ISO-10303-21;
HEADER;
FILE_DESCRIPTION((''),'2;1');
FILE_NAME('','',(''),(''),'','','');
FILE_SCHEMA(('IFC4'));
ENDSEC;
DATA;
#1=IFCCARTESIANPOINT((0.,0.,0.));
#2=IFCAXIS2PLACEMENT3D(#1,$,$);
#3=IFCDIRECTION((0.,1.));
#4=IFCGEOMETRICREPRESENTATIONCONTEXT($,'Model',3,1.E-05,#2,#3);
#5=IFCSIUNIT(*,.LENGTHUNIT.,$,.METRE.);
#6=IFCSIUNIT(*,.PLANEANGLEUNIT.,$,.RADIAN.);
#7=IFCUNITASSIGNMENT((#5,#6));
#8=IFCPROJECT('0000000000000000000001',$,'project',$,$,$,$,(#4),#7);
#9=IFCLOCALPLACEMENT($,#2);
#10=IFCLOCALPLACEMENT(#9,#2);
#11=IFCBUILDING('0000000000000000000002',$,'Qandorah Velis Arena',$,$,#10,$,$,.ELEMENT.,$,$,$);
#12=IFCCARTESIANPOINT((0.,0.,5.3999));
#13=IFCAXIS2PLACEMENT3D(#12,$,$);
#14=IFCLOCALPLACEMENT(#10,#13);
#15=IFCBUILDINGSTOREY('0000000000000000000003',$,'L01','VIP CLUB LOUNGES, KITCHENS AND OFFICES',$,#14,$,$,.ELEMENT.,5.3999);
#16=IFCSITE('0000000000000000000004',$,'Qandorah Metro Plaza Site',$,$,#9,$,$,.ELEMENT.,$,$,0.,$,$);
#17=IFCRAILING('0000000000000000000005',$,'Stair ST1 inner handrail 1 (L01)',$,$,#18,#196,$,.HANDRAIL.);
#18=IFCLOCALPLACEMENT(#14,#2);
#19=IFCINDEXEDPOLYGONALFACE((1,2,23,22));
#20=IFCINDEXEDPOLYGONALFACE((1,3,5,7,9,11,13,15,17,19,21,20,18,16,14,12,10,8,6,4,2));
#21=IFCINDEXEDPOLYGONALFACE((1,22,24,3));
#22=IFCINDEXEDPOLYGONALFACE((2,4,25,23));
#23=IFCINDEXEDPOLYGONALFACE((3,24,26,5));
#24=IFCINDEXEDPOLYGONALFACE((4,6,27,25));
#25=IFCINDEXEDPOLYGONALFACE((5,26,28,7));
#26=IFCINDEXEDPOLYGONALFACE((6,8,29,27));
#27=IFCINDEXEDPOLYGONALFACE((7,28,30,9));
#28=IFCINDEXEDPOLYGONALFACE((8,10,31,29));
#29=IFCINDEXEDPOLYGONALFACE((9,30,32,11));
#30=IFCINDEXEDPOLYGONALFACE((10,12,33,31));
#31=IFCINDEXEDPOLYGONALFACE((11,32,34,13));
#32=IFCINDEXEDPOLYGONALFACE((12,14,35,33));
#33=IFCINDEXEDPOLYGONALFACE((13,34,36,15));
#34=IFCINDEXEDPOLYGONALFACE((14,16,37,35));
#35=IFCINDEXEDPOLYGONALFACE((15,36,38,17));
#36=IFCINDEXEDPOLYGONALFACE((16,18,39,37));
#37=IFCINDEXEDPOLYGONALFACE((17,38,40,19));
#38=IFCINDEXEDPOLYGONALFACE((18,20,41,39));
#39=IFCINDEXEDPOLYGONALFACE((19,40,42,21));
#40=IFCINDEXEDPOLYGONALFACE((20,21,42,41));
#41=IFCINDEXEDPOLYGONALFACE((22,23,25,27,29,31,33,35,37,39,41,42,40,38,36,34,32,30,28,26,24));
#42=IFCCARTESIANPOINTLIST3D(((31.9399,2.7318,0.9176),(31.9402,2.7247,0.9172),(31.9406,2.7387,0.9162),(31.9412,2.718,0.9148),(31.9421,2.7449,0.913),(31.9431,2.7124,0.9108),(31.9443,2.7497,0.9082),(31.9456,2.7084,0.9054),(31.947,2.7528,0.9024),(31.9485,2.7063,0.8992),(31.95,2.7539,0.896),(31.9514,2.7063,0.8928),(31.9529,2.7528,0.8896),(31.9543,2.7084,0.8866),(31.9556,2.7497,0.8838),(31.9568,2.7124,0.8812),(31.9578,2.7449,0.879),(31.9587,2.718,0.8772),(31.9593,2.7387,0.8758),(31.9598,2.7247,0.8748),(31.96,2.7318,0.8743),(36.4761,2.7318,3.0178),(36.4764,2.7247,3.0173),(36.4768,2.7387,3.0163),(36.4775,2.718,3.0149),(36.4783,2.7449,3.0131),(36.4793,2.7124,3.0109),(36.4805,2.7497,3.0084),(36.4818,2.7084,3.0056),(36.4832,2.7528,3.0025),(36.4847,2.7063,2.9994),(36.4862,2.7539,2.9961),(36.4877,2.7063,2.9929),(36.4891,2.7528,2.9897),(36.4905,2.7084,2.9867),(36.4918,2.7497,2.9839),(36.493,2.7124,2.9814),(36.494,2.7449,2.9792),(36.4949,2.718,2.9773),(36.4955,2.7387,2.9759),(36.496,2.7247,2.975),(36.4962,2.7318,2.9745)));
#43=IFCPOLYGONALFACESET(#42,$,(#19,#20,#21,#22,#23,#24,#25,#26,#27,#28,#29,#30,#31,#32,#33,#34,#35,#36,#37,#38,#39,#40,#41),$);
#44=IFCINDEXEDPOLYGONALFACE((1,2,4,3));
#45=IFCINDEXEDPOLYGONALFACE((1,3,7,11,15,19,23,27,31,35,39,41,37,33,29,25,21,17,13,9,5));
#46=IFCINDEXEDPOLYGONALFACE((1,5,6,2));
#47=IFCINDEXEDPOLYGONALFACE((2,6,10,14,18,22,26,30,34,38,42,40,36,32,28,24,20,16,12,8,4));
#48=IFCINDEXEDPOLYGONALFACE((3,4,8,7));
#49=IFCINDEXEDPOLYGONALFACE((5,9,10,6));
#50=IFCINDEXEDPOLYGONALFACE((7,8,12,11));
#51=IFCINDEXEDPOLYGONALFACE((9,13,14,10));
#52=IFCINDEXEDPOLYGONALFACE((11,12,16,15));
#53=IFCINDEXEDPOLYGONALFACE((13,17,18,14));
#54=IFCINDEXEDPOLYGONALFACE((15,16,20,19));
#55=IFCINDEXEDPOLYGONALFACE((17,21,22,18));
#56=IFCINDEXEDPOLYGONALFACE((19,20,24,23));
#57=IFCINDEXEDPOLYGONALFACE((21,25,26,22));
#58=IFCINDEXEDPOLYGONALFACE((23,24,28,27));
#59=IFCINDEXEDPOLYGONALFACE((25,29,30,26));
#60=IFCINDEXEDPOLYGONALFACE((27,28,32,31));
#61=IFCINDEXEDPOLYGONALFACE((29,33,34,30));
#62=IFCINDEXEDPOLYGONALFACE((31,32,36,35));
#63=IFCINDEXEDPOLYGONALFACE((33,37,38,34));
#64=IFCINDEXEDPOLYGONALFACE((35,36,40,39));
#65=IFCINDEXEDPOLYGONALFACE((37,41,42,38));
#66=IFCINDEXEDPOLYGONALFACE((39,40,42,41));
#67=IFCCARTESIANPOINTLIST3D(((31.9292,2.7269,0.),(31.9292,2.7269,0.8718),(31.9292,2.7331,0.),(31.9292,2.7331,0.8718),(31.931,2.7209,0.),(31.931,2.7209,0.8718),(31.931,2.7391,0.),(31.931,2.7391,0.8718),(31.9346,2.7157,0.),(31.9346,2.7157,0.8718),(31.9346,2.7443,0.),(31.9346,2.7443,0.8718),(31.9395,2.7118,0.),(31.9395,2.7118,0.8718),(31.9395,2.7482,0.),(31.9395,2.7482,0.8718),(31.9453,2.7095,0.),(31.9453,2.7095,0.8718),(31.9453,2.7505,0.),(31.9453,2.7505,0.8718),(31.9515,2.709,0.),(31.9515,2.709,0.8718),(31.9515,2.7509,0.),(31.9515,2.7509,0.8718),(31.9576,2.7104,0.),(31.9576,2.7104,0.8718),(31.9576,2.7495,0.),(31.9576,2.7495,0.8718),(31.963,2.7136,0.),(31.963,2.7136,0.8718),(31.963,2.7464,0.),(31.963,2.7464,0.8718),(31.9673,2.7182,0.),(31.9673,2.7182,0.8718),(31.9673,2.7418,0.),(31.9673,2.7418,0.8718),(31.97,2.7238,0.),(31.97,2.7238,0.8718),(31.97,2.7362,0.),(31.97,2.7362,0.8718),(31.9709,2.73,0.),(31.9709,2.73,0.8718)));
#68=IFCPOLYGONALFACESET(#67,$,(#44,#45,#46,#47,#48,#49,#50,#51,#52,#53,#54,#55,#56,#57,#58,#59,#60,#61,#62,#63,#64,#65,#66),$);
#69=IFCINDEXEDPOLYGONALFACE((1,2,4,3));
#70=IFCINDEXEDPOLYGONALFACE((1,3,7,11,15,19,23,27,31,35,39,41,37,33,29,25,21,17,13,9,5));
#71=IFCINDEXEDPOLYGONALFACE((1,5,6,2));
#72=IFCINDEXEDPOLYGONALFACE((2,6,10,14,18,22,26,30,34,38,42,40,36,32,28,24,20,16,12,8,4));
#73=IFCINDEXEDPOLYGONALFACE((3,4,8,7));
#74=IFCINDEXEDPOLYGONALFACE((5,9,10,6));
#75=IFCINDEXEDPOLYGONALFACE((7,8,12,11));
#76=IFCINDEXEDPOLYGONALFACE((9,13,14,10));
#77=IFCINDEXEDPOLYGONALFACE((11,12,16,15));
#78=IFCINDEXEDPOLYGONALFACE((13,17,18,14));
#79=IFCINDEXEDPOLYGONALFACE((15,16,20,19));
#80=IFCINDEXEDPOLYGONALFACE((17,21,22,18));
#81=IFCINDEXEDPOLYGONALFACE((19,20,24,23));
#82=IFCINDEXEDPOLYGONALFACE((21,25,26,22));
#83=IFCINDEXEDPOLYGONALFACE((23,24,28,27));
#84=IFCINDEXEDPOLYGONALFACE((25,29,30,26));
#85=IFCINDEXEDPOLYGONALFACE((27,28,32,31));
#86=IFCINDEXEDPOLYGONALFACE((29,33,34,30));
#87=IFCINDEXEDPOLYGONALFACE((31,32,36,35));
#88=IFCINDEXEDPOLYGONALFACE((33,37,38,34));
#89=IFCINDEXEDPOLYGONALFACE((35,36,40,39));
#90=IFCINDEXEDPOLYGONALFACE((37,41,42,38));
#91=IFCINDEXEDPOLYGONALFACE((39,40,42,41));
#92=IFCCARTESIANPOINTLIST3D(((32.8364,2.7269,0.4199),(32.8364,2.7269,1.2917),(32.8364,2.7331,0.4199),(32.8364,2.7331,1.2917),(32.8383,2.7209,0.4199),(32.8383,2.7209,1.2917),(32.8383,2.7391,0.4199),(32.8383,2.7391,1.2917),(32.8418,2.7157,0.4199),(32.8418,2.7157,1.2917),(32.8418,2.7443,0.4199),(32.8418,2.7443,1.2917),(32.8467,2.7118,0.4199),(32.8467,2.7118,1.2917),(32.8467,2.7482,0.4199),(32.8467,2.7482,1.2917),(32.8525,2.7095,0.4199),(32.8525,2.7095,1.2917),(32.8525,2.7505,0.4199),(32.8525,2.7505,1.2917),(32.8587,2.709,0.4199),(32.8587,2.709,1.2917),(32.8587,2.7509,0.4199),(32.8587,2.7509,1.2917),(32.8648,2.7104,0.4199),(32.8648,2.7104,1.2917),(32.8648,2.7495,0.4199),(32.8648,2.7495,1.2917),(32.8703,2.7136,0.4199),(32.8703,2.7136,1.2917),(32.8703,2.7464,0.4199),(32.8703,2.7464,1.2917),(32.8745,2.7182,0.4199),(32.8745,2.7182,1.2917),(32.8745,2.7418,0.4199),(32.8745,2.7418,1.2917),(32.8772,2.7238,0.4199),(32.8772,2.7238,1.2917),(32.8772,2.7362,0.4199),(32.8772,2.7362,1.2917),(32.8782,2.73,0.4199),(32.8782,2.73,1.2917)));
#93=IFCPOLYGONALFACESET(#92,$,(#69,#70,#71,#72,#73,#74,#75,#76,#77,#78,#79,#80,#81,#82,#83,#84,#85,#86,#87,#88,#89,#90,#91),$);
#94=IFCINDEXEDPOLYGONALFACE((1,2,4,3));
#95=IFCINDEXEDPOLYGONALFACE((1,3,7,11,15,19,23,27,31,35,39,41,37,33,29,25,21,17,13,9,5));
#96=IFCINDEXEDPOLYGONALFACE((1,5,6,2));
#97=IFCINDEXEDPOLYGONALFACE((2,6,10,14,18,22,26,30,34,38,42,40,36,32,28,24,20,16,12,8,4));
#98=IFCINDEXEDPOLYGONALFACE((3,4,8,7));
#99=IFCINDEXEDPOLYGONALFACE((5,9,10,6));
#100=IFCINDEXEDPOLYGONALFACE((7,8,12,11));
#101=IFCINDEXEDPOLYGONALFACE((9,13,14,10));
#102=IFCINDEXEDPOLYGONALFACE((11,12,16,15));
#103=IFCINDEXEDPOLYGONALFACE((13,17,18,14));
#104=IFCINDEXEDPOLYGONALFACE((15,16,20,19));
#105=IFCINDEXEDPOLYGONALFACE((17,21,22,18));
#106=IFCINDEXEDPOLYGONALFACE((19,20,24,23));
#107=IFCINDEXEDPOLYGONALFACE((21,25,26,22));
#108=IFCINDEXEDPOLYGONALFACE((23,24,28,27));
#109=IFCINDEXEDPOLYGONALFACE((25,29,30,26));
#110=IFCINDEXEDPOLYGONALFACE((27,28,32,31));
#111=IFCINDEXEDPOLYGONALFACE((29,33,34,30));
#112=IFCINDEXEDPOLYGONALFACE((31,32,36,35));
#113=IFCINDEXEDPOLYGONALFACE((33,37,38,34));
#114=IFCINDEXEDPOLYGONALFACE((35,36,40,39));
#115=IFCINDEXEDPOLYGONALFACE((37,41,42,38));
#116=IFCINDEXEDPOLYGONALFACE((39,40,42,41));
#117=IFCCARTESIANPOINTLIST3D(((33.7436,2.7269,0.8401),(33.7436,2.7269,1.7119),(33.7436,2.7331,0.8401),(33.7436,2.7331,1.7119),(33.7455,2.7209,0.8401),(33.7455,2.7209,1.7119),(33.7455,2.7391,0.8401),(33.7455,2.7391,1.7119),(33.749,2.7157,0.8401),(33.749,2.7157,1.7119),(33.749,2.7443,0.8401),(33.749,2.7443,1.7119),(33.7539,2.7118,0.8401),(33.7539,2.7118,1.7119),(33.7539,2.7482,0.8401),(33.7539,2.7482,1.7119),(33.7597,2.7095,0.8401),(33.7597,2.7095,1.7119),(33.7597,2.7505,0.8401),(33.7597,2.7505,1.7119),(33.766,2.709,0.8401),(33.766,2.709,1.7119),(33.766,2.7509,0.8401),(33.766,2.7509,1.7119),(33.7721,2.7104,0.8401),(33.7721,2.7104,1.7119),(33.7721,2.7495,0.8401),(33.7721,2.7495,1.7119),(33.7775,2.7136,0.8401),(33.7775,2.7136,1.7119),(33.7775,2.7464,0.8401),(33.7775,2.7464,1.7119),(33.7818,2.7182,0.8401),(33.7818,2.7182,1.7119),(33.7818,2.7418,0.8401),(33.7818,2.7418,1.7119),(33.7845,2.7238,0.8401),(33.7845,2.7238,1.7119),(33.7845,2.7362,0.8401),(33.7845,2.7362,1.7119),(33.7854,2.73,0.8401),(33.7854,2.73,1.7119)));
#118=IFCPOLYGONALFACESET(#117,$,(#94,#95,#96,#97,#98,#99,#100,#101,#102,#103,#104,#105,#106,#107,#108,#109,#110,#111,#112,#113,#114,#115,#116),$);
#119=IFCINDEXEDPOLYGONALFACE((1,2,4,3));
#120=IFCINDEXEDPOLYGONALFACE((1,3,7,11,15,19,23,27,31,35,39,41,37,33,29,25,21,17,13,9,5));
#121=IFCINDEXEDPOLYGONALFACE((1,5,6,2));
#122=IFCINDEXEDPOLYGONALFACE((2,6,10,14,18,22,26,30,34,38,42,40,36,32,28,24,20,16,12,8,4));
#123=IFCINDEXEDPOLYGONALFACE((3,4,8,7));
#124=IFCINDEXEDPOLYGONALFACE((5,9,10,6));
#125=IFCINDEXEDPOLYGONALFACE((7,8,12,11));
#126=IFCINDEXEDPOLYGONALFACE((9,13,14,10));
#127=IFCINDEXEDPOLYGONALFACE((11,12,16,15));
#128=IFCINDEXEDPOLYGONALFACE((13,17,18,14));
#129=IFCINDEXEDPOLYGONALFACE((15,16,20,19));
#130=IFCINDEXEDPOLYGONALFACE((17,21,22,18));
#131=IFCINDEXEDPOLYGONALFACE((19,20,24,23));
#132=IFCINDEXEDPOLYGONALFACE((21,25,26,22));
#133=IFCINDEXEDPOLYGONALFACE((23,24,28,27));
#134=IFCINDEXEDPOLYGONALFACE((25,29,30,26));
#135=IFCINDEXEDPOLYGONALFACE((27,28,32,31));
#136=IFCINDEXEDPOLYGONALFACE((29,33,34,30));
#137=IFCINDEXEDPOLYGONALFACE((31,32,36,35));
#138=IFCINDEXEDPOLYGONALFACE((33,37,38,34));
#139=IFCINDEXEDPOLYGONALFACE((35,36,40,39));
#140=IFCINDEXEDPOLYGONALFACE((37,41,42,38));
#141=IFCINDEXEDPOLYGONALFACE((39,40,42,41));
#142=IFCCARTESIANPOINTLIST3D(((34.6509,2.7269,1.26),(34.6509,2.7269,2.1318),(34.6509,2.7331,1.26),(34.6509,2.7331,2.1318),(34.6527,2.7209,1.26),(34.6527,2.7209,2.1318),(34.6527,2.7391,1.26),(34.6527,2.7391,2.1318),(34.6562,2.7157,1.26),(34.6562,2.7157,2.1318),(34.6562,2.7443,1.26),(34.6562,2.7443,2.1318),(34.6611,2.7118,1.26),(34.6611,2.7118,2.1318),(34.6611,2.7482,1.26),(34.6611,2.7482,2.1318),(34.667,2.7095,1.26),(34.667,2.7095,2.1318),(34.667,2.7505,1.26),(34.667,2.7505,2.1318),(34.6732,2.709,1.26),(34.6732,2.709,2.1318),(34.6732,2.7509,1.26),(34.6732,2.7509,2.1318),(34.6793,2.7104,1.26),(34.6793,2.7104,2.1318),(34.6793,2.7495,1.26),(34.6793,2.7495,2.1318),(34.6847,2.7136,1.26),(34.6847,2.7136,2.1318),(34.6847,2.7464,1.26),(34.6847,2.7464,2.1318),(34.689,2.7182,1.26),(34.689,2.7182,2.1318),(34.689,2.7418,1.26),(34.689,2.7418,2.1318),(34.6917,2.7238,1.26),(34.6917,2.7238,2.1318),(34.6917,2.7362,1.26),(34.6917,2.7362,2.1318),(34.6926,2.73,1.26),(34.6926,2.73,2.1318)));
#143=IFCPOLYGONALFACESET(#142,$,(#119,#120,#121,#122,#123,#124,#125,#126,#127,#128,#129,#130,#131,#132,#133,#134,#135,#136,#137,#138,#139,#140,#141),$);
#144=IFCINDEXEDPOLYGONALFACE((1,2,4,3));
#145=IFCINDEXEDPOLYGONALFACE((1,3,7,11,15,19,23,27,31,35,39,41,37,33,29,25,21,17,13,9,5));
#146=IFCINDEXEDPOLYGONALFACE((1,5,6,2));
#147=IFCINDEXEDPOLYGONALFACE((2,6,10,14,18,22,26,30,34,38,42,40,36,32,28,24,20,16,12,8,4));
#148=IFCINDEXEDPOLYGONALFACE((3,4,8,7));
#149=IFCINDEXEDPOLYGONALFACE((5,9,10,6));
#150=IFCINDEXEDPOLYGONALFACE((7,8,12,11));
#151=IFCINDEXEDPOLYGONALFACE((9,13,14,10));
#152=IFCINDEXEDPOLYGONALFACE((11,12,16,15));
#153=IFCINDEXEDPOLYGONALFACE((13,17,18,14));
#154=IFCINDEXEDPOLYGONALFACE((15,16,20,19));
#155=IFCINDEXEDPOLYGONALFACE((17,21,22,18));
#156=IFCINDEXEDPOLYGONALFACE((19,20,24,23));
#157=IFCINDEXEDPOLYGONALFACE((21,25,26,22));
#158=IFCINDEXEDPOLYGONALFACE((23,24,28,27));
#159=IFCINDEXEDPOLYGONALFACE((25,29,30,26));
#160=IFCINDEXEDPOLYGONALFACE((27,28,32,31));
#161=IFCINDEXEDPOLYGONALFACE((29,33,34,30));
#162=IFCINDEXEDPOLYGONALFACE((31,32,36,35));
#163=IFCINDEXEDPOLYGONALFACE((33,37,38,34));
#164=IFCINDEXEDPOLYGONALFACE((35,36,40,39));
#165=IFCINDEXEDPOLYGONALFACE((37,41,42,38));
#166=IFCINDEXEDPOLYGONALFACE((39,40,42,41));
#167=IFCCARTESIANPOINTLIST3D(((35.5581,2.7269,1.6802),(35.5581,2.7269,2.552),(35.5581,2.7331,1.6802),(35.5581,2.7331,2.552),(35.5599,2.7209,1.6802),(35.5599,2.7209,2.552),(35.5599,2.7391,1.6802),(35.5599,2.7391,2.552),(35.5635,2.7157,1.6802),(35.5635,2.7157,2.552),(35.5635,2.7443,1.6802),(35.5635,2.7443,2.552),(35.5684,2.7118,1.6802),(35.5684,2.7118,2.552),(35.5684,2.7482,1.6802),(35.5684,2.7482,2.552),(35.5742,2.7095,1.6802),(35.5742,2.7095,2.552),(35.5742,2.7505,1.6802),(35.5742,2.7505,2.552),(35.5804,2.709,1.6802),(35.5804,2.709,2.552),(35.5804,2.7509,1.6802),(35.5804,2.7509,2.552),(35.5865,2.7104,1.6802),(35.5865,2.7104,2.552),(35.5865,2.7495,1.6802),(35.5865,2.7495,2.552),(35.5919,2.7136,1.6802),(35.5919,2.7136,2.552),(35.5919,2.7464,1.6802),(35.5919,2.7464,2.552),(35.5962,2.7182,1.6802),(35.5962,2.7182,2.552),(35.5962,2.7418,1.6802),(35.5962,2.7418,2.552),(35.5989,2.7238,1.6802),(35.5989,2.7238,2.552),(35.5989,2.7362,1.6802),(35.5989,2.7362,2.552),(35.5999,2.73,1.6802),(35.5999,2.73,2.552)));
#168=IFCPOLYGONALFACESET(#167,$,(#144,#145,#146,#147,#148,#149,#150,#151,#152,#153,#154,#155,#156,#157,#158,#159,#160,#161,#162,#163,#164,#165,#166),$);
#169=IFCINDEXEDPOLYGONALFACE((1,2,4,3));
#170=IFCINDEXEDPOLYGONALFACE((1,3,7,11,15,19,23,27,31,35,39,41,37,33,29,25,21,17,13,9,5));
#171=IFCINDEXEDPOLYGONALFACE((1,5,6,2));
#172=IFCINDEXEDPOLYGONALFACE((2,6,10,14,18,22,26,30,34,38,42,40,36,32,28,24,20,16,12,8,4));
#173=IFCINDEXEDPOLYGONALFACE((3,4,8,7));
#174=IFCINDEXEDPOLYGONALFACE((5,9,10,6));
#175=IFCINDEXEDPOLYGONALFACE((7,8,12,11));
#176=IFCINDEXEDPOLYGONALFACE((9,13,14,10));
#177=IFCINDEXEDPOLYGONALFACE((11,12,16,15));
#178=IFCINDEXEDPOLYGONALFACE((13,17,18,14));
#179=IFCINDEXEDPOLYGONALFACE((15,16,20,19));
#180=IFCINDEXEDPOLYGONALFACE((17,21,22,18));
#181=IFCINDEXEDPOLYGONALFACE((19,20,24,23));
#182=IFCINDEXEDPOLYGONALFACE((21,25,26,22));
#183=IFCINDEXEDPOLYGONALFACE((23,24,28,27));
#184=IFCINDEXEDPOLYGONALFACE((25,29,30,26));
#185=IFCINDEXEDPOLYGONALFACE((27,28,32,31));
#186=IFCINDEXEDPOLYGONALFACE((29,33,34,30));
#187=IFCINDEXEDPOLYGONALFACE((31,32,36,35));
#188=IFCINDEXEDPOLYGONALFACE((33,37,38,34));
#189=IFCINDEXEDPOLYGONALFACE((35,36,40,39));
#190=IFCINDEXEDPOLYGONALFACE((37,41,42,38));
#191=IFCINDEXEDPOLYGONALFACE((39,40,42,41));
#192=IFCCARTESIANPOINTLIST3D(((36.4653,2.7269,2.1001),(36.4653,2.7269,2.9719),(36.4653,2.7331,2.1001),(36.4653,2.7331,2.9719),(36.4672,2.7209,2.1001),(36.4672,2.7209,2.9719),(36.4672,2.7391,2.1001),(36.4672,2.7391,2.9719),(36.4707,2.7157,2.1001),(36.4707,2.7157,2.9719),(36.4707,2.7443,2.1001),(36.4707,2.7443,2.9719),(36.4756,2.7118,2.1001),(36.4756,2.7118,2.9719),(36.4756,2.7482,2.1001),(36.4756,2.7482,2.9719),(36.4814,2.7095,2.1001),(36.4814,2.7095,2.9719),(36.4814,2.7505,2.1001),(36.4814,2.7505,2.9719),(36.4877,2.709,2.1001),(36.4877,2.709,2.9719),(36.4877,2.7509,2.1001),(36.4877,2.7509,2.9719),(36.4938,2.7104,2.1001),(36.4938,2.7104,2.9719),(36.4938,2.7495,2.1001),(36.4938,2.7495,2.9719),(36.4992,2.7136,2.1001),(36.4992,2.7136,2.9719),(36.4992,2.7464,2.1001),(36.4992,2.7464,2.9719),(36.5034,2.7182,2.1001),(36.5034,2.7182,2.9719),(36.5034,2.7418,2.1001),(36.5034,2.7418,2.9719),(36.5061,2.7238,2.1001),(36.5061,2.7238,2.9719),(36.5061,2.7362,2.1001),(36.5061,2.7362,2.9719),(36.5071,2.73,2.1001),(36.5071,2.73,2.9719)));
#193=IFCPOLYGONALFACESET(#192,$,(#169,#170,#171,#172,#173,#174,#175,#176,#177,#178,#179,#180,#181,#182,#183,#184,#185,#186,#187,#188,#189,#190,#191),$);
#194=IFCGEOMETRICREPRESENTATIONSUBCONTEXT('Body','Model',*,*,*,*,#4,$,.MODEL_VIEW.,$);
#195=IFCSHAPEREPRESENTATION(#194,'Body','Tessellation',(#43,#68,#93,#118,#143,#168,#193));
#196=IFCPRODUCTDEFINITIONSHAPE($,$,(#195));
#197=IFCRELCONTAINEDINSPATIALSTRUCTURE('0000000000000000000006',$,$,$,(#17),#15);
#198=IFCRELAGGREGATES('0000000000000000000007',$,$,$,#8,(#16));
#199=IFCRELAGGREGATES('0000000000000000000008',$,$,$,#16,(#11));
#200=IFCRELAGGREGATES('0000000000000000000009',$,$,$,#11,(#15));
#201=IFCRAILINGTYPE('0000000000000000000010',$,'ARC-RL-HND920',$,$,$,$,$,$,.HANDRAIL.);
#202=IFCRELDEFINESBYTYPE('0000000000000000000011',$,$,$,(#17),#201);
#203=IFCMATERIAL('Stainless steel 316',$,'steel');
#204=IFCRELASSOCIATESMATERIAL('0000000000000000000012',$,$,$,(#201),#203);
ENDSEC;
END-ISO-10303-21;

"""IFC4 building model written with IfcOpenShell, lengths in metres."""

from ifc_helpers import new_model, si_unit, direction, frame, origin, origin_2d, place, context, subcontext, project, spatial, circle, extrude, material, type_object, element, save


model = new_model("IFC4")

# Units and contexts
model_context = context("Model", 3, precision=1e-05, world=origin(), true_north=direction((0.0, 1.0)))
body_context = subcontext(model_context, "Body", "Model", "MODEL_VIEW")
ifc_project = project(units=[si_unit("LENGTHUNIT", "METRE"), si_unit("PLANEANGLEUNIT", "RADIAN")], contexts=[model_context])

# Site, building, storey
site_placement = place(None, origin())
site = spatial("IfcSite", under=ifc_project, at=site_placement, Name="Qandorah Metro Plaza Site", CompositionType="ELEMENT", RefElevation=0.0)
building_placement = place(site_placement, origin())
building = spatial("IfcBuilding", under=site, at=building_placement, Name="Qandorah Velis Arena", CompositionType="ELEMENT")
storey_placement = place(building_placement, frame((0.0, 0.0, 5.3999)))
storey = spatial("IfcBuildingStorey", under=building, at=storey_placement, Name="L01", Description="VIP CLUB LOUNGES, KITCHENS AND OFFICES", CompositionType="ELEMENT", Elevation=5.3999)

# Railing
ifc_material_1 = material(Name="Stainless steel 316", Category="steel")
railing_type_1 = type_object("IfcRailingType", Name="ARC-RL-HND920", PredefinedType="HANDRAIL", material=ifc_material_1)
railing_1_placement = place(storey_placement, frame((31.95, 2.73, 0.0)))
element("IfcRailing", 1, at=railing_1_placement, inside=storey, type_object=railing_type_1, Name="Stair ST1 inner handrail 1 (L01)", PredefinedType="HANDRAIL", context=body_context, shape_type="SweptSolid", body=[
    extrude(circle(Radius=0.0239, at=origin_2d()), frame((0.0, 0.0, 0.896), z_axis=(0.907464, 0.0, 0.42013), x_axis=(0.0, 1.0, 0.0)), (0.0, 0.0, 1.0), 4.9988),
    extrude(circle(Radius=0.021, at=origin_2d()), origin(), (0.0, 0.0, 1.0), 0.8718),
    extrude(circle(Radius=0.021, at=origin_2d()), frame((0.9072, 0.0, 0.4199)), (0.0, 0.0, 1.0), 0.8718),
    extrude(circle(Radius=0.021, at=origin_2d()), frame((1.8145, 0.0, 0.8401)), (0.0, 0.0, 1.0), 0.8718),
    extrude(circle(Radius=0.021, at=origin_2d()), frame((2.7217, 0.0, 1.26)), (0.0, 0.0, 1.0), 0.8718),
    extrude(circle(Radius=0.021, at=origin_2d()), frame((3.6289, 0.0, 1.6802)), (0.0, 0.0, 1.0), 0.8718),
    extrude(circle(Radius=0.021, at=origin_2d()), frame((4.5361, 0.0, 2.1001)), (0.0, 0.0, 1.0), 0.8718),
])

save(model, "model.ifc")
